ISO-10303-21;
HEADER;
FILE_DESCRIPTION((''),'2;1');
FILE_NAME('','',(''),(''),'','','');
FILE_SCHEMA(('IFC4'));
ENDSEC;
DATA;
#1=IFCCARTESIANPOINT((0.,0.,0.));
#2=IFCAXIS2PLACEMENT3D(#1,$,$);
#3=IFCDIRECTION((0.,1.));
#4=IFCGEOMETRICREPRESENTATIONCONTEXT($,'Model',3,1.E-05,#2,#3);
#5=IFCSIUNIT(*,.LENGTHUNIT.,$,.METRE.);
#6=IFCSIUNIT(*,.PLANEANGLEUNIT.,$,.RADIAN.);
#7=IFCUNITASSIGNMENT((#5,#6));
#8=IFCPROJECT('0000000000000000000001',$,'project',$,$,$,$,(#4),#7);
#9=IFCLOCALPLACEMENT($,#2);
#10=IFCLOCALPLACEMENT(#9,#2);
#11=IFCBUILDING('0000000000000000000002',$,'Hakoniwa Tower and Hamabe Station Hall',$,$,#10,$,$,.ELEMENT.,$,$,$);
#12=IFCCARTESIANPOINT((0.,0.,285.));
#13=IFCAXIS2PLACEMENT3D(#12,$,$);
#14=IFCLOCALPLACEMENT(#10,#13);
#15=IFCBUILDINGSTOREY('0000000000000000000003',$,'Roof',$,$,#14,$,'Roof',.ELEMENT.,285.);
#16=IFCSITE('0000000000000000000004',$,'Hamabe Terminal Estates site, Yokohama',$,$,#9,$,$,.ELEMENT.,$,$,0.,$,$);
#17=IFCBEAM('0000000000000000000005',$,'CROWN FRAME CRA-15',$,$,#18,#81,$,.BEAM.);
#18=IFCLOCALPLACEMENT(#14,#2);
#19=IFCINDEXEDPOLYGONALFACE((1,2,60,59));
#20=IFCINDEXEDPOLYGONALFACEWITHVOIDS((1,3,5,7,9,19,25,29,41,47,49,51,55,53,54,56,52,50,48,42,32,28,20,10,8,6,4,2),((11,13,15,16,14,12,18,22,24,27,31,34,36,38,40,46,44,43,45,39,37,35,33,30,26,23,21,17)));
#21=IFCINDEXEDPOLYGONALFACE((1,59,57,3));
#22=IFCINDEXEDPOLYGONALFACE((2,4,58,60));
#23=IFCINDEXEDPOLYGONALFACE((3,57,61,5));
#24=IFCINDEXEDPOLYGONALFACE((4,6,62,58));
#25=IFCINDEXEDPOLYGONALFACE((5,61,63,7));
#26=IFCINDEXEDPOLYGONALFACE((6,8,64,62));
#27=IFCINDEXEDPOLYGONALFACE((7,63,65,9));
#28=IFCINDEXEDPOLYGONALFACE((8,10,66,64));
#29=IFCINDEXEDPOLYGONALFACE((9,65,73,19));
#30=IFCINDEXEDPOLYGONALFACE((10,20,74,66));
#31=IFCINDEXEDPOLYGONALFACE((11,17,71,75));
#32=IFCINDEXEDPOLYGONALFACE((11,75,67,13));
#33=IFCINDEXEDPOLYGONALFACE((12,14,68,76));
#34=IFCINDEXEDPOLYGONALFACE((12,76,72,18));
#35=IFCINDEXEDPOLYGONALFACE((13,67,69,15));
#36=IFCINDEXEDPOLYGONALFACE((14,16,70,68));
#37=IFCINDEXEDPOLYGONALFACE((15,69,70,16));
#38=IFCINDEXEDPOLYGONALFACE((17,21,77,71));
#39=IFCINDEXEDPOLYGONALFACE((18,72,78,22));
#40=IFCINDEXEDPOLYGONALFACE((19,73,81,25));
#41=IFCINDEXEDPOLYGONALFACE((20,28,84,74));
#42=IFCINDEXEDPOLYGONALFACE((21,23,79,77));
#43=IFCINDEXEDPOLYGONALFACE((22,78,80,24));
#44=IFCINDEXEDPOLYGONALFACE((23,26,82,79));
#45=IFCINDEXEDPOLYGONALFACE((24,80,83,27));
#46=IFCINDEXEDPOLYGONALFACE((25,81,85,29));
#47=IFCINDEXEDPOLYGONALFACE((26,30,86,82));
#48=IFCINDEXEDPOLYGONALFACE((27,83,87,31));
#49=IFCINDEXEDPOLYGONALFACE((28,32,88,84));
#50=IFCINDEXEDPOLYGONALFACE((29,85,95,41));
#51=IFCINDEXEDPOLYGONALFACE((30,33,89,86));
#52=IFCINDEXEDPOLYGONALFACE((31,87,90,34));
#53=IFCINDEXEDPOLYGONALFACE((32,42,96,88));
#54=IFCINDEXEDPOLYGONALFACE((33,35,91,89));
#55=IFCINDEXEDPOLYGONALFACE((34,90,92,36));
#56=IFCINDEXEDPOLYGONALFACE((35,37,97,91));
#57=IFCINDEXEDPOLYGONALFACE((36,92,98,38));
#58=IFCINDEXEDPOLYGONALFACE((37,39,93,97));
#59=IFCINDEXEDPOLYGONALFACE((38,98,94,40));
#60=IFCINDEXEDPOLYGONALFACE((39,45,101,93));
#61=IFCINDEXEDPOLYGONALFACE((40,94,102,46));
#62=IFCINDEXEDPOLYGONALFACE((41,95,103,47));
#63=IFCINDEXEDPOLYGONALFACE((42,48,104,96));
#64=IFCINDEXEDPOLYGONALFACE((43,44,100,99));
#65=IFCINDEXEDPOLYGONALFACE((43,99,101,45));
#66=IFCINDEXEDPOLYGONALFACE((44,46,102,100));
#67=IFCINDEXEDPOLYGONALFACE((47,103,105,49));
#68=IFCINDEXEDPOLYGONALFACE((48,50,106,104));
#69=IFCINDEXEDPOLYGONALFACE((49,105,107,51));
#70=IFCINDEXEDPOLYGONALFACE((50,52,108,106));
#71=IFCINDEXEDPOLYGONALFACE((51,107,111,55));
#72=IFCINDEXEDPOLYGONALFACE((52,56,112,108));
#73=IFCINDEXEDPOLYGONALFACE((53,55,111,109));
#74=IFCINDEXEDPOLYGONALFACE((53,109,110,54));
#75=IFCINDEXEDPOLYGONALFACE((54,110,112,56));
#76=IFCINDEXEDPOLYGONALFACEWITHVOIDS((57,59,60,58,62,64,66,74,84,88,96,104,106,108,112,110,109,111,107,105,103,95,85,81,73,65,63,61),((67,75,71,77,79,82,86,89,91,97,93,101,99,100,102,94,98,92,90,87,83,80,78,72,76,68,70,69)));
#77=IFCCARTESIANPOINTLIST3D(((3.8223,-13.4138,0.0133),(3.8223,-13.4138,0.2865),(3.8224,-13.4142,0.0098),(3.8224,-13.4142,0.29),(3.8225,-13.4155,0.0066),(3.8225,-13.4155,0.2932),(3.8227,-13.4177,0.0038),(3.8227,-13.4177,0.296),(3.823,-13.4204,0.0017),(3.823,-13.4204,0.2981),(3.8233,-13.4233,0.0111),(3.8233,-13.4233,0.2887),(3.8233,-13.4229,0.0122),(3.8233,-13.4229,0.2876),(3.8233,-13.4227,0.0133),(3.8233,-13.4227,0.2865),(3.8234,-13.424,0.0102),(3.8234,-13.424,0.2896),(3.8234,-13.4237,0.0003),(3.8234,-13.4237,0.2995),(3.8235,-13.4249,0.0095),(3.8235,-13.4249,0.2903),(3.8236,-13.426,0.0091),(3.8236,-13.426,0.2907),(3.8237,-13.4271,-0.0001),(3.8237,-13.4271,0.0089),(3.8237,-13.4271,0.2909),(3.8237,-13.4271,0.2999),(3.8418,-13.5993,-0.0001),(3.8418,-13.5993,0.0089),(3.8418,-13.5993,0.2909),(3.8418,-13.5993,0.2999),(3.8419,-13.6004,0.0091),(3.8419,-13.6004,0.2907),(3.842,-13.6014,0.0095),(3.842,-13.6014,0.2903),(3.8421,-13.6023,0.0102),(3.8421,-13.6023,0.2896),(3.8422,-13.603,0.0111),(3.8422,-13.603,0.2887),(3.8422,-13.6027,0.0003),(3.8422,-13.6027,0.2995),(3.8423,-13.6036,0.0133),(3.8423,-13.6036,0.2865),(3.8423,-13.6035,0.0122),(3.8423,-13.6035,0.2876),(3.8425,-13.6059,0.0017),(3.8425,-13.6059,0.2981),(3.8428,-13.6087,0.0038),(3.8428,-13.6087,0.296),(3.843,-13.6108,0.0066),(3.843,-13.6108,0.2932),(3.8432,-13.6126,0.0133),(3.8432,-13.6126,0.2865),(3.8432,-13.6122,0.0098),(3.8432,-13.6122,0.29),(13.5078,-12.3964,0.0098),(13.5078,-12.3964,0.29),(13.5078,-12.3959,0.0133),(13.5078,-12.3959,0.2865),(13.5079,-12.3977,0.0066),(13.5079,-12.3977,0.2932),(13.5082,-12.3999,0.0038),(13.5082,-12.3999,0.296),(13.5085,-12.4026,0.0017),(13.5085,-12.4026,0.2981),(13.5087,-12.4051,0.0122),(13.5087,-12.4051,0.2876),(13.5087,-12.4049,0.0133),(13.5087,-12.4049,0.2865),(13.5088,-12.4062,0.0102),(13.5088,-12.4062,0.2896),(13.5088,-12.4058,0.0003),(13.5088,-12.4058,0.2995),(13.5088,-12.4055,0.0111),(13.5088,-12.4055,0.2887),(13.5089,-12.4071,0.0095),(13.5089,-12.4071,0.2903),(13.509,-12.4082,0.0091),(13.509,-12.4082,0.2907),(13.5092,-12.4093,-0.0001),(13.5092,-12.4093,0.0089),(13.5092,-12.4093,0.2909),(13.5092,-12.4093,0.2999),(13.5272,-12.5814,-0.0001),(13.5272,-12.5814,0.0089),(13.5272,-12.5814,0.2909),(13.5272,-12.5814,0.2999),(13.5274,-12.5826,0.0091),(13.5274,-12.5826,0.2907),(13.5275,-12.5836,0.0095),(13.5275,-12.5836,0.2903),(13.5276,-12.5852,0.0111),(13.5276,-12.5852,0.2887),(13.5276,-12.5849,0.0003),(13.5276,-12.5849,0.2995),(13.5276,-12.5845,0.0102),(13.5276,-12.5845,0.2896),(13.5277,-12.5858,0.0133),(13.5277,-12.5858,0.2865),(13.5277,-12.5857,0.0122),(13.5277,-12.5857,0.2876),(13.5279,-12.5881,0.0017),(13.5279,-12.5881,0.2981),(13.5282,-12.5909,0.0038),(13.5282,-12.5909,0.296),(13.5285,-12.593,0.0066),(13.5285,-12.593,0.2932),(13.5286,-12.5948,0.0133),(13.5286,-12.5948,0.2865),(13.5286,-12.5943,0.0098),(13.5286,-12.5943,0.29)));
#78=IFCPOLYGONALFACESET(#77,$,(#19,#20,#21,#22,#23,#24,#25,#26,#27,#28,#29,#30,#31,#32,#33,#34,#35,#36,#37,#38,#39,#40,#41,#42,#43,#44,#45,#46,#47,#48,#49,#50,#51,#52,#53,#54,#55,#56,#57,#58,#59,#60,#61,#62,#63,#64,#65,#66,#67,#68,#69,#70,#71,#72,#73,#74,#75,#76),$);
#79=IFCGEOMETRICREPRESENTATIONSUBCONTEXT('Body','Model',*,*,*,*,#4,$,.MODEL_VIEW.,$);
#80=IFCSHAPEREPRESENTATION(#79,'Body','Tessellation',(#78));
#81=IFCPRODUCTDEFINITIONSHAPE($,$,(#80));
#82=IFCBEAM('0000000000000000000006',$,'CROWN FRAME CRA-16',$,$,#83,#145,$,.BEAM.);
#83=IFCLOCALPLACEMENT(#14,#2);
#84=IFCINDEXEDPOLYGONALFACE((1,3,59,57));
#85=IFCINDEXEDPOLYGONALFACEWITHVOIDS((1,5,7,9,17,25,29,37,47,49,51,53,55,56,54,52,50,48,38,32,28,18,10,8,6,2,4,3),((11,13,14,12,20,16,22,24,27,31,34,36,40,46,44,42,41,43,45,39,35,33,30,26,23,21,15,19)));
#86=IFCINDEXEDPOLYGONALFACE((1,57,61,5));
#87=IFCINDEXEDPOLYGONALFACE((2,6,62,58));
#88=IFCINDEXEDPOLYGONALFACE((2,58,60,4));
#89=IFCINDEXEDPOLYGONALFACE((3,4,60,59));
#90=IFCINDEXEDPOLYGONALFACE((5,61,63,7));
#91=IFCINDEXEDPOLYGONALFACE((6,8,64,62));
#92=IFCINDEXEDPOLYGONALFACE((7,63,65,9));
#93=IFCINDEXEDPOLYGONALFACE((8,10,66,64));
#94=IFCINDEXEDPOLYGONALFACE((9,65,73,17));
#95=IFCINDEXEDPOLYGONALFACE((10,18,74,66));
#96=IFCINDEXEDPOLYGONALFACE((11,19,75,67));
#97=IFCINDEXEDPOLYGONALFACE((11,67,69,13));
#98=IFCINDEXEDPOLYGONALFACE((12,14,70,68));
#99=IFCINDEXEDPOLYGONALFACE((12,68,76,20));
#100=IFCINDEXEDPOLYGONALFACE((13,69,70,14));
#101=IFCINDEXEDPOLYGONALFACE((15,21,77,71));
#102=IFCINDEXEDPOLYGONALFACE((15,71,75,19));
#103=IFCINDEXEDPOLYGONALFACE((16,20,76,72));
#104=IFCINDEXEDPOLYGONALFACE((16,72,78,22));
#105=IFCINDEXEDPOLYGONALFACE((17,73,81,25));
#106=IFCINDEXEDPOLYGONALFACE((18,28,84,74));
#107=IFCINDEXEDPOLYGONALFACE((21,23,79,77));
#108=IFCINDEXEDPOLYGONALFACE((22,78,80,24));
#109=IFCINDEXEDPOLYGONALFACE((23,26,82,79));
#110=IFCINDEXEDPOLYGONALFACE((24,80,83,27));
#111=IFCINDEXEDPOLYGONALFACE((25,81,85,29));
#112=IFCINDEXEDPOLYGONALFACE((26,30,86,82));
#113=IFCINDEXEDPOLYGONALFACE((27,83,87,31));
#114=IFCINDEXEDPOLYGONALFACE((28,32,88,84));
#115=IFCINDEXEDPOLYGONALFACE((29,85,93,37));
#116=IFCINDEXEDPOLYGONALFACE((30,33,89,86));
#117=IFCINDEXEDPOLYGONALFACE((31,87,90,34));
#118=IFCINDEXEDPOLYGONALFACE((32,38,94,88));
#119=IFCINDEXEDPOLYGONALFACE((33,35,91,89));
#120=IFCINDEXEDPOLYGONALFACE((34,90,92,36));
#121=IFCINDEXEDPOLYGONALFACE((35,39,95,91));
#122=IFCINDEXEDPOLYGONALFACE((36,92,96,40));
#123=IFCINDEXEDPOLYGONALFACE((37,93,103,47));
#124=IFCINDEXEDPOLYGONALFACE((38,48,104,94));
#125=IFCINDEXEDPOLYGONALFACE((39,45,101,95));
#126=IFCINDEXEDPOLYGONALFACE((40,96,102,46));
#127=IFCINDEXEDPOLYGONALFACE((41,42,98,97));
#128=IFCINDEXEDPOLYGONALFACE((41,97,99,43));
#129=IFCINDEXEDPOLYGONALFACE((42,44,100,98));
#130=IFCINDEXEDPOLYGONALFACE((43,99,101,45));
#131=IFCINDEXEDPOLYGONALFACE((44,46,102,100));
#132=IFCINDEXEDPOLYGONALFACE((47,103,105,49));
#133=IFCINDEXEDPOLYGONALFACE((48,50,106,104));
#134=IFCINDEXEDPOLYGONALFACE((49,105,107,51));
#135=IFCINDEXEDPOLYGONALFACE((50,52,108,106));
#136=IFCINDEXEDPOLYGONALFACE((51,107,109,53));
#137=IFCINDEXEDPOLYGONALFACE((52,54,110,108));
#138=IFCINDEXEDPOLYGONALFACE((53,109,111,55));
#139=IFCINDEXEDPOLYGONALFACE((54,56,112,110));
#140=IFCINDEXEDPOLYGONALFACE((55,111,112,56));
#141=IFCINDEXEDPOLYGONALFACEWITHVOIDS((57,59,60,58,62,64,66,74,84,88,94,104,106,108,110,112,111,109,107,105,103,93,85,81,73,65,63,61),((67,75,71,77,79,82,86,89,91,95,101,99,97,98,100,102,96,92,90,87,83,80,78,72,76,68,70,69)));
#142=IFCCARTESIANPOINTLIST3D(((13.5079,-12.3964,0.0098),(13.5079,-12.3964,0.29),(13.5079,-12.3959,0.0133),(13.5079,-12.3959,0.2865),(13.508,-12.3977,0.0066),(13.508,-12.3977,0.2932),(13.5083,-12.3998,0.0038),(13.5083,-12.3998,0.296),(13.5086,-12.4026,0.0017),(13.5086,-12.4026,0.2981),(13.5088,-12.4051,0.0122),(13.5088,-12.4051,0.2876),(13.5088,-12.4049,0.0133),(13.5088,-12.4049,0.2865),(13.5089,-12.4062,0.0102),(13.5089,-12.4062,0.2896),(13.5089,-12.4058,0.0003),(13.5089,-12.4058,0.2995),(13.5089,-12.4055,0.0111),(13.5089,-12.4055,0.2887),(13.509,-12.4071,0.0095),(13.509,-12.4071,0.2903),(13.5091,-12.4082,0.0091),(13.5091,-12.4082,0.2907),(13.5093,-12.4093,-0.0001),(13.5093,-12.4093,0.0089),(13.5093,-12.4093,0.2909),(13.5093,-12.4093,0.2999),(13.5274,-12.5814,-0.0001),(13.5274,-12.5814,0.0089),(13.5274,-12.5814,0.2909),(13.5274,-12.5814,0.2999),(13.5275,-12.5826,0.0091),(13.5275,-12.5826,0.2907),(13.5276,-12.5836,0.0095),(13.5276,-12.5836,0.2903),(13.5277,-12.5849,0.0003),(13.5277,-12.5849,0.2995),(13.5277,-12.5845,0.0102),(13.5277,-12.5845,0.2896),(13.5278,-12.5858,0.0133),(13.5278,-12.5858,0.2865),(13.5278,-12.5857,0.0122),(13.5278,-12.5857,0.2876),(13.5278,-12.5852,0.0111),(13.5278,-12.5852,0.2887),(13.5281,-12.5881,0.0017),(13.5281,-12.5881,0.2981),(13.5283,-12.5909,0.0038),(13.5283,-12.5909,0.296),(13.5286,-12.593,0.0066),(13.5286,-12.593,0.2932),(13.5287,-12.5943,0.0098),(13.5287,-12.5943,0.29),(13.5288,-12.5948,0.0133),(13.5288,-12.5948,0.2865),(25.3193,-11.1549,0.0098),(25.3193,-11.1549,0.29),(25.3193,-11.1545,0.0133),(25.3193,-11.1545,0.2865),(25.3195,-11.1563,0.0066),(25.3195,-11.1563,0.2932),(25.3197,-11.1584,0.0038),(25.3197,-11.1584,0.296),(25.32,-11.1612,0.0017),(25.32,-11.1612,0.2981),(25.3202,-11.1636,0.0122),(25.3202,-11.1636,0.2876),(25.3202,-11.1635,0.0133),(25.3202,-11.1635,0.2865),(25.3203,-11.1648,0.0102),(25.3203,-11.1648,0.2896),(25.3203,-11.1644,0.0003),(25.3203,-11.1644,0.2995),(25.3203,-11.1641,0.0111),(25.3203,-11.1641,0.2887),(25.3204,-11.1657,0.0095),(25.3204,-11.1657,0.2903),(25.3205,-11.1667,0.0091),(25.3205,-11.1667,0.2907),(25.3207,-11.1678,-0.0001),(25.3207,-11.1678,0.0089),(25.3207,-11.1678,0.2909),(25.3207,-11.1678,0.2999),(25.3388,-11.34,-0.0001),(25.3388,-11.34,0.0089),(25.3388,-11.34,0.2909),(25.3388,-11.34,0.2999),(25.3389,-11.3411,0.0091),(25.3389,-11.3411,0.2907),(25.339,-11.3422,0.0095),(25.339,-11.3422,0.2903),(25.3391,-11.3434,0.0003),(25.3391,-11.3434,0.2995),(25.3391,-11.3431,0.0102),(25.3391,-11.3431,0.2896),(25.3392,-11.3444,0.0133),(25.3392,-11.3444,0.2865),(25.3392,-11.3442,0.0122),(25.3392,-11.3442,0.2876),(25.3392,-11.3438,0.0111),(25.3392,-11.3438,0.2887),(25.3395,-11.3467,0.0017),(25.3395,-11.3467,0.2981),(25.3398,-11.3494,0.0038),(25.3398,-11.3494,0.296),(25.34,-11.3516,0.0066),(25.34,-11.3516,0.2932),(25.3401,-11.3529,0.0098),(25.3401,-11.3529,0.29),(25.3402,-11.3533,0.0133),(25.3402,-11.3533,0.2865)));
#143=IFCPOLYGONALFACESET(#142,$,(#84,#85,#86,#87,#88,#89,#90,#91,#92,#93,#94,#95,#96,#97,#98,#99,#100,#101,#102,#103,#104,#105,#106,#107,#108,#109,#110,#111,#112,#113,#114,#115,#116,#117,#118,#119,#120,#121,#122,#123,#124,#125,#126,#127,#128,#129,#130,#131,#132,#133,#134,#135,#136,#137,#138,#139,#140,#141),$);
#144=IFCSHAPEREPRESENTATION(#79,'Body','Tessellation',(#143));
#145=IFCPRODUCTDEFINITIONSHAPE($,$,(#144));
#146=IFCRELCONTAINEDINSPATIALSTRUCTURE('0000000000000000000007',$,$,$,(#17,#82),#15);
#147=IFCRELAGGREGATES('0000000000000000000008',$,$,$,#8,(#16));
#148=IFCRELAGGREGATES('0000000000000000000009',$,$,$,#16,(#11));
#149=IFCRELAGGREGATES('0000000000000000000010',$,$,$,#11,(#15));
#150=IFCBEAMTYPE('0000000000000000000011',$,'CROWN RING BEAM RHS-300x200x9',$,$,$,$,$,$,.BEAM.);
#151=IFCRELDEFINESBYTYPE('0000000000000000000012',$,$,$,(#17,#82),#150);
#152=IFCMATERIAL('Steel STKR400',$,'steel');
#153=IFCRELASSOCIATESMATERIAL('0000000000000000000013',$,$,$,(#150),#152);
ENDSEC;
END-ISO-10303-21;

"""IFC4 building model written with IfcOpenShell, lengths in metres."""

from ifc_helpers import new_model, si_unit, direction, frame, origin, origin_2d, place, context, subcontext, project, spatial, hollow_rectangle, extrude, material, material_profile, profile_set, type_object, element, save


model = new_model("IFC4")

# Units and contexts
model_context = context("Model", 3, precision=1e-05, world=origin(), true_north=direction((0.0, 1.0)))
body_context = subcontext(model_context, "Body", "Model", "MODEL_VIEW")
ifc_project = project(units=[si_unit("LENGTHUNIT", "METRE"), si_unit("PLANEANGLEUNIT", "RADIAN")], contexts=[model_context])

# Site, building, storey
site_placement = place(None, origin())
site = spatial("IfcSite", under=ifc_project, at=site_placement, Name="Hamabe Terminal Estates site, Yokohama", CompositionType="ELEMENT", RefElevation=0.0)
building_placement = place(site_placement, origin())
building = spatial("IfcBuilding", under=site, at=building_placement, Name="Hakoniwa Tower and Hamabe Station Hall", CompositionType="ELEMENT")
storey_placement = place(building_placement, frame((0.0, 0.0, 285.0)))
storey = spatial("IfcBuildingStorey", under=building, at=storey_placement, Name="Roof", LongName="Roof", CompositionType="ELEMENT", Elevation=285.0)

# Beams
ifc_material_1 = material(Name="Steel STKR400", Category="steel")
ifc_material_profile_1 = material_profile(ifc_material_1, hollow_rectangle(XDim=0.2, YDim=0.3, WallThickness=0.009, InnerFilletRadius=0.0044, OuterFilletRadius=0.0134, at=origin_2d()), Name="RHS-300x200x9")
ifc_profile_set_1 = profile_set([ifc_material_profile_1], Name="Steel STKR400")
beam_type = type_object("IfcBeamType", Name="CROWN RING BEAM RHS-300x200x9", PredefinedType="BEAM", material=ifc_profile_set_1)
beam_1_placement = place(storey_placement, frame((3.8328, -13.5132, 0.1499), z_axis=(0.994524, 0.104511, 0.0), x_axis=(-0.104511, 0.994524, 0.0)))
element("IfcBeam", 1, at=beam_1_placement, inside=storey, type_object=beam_type, Name="CROWN FRAME CRA-15", PredefinedType="BEAM", context=body_context, shape_type="SweptSolid", body=[
    extrude(hollow_rectangle(XDim=0.2, YDim=0.3, WallThickness=0.009, InnerFilletRadius=0.0044, OuterFilletRadius=0.0134, at=origin_2d()), origin(), (0.0, 0.0, 1.0), 9.7388),
])
beam_2_placement = place(storey_placement, frame((13.5183, -12.4954, 0.1499), z_axis=(0.994522, 0.10453, 0.0), x_axis=(-0.10453, 0.994522, 0.0)))
element("IfcBeam", 2, at=beam_2_placement, inside=storey, type_object=beam_type, Name="CROWN FRAME CRA-16", PredefinedType="BEAM", context=body_context, shape_type="SweptSolid", body=[
    extrude(hollow_rectangle(XDim=0.2, YDim=0.3, WallThickness=0.009, InnerFilletRadius=0.0044, OuterFilletRadius=0.0134, at=origin_2d()), origin(), (0.0, 0.0, 1.0), 11.8765),
])

save(model, "model.ifc")
